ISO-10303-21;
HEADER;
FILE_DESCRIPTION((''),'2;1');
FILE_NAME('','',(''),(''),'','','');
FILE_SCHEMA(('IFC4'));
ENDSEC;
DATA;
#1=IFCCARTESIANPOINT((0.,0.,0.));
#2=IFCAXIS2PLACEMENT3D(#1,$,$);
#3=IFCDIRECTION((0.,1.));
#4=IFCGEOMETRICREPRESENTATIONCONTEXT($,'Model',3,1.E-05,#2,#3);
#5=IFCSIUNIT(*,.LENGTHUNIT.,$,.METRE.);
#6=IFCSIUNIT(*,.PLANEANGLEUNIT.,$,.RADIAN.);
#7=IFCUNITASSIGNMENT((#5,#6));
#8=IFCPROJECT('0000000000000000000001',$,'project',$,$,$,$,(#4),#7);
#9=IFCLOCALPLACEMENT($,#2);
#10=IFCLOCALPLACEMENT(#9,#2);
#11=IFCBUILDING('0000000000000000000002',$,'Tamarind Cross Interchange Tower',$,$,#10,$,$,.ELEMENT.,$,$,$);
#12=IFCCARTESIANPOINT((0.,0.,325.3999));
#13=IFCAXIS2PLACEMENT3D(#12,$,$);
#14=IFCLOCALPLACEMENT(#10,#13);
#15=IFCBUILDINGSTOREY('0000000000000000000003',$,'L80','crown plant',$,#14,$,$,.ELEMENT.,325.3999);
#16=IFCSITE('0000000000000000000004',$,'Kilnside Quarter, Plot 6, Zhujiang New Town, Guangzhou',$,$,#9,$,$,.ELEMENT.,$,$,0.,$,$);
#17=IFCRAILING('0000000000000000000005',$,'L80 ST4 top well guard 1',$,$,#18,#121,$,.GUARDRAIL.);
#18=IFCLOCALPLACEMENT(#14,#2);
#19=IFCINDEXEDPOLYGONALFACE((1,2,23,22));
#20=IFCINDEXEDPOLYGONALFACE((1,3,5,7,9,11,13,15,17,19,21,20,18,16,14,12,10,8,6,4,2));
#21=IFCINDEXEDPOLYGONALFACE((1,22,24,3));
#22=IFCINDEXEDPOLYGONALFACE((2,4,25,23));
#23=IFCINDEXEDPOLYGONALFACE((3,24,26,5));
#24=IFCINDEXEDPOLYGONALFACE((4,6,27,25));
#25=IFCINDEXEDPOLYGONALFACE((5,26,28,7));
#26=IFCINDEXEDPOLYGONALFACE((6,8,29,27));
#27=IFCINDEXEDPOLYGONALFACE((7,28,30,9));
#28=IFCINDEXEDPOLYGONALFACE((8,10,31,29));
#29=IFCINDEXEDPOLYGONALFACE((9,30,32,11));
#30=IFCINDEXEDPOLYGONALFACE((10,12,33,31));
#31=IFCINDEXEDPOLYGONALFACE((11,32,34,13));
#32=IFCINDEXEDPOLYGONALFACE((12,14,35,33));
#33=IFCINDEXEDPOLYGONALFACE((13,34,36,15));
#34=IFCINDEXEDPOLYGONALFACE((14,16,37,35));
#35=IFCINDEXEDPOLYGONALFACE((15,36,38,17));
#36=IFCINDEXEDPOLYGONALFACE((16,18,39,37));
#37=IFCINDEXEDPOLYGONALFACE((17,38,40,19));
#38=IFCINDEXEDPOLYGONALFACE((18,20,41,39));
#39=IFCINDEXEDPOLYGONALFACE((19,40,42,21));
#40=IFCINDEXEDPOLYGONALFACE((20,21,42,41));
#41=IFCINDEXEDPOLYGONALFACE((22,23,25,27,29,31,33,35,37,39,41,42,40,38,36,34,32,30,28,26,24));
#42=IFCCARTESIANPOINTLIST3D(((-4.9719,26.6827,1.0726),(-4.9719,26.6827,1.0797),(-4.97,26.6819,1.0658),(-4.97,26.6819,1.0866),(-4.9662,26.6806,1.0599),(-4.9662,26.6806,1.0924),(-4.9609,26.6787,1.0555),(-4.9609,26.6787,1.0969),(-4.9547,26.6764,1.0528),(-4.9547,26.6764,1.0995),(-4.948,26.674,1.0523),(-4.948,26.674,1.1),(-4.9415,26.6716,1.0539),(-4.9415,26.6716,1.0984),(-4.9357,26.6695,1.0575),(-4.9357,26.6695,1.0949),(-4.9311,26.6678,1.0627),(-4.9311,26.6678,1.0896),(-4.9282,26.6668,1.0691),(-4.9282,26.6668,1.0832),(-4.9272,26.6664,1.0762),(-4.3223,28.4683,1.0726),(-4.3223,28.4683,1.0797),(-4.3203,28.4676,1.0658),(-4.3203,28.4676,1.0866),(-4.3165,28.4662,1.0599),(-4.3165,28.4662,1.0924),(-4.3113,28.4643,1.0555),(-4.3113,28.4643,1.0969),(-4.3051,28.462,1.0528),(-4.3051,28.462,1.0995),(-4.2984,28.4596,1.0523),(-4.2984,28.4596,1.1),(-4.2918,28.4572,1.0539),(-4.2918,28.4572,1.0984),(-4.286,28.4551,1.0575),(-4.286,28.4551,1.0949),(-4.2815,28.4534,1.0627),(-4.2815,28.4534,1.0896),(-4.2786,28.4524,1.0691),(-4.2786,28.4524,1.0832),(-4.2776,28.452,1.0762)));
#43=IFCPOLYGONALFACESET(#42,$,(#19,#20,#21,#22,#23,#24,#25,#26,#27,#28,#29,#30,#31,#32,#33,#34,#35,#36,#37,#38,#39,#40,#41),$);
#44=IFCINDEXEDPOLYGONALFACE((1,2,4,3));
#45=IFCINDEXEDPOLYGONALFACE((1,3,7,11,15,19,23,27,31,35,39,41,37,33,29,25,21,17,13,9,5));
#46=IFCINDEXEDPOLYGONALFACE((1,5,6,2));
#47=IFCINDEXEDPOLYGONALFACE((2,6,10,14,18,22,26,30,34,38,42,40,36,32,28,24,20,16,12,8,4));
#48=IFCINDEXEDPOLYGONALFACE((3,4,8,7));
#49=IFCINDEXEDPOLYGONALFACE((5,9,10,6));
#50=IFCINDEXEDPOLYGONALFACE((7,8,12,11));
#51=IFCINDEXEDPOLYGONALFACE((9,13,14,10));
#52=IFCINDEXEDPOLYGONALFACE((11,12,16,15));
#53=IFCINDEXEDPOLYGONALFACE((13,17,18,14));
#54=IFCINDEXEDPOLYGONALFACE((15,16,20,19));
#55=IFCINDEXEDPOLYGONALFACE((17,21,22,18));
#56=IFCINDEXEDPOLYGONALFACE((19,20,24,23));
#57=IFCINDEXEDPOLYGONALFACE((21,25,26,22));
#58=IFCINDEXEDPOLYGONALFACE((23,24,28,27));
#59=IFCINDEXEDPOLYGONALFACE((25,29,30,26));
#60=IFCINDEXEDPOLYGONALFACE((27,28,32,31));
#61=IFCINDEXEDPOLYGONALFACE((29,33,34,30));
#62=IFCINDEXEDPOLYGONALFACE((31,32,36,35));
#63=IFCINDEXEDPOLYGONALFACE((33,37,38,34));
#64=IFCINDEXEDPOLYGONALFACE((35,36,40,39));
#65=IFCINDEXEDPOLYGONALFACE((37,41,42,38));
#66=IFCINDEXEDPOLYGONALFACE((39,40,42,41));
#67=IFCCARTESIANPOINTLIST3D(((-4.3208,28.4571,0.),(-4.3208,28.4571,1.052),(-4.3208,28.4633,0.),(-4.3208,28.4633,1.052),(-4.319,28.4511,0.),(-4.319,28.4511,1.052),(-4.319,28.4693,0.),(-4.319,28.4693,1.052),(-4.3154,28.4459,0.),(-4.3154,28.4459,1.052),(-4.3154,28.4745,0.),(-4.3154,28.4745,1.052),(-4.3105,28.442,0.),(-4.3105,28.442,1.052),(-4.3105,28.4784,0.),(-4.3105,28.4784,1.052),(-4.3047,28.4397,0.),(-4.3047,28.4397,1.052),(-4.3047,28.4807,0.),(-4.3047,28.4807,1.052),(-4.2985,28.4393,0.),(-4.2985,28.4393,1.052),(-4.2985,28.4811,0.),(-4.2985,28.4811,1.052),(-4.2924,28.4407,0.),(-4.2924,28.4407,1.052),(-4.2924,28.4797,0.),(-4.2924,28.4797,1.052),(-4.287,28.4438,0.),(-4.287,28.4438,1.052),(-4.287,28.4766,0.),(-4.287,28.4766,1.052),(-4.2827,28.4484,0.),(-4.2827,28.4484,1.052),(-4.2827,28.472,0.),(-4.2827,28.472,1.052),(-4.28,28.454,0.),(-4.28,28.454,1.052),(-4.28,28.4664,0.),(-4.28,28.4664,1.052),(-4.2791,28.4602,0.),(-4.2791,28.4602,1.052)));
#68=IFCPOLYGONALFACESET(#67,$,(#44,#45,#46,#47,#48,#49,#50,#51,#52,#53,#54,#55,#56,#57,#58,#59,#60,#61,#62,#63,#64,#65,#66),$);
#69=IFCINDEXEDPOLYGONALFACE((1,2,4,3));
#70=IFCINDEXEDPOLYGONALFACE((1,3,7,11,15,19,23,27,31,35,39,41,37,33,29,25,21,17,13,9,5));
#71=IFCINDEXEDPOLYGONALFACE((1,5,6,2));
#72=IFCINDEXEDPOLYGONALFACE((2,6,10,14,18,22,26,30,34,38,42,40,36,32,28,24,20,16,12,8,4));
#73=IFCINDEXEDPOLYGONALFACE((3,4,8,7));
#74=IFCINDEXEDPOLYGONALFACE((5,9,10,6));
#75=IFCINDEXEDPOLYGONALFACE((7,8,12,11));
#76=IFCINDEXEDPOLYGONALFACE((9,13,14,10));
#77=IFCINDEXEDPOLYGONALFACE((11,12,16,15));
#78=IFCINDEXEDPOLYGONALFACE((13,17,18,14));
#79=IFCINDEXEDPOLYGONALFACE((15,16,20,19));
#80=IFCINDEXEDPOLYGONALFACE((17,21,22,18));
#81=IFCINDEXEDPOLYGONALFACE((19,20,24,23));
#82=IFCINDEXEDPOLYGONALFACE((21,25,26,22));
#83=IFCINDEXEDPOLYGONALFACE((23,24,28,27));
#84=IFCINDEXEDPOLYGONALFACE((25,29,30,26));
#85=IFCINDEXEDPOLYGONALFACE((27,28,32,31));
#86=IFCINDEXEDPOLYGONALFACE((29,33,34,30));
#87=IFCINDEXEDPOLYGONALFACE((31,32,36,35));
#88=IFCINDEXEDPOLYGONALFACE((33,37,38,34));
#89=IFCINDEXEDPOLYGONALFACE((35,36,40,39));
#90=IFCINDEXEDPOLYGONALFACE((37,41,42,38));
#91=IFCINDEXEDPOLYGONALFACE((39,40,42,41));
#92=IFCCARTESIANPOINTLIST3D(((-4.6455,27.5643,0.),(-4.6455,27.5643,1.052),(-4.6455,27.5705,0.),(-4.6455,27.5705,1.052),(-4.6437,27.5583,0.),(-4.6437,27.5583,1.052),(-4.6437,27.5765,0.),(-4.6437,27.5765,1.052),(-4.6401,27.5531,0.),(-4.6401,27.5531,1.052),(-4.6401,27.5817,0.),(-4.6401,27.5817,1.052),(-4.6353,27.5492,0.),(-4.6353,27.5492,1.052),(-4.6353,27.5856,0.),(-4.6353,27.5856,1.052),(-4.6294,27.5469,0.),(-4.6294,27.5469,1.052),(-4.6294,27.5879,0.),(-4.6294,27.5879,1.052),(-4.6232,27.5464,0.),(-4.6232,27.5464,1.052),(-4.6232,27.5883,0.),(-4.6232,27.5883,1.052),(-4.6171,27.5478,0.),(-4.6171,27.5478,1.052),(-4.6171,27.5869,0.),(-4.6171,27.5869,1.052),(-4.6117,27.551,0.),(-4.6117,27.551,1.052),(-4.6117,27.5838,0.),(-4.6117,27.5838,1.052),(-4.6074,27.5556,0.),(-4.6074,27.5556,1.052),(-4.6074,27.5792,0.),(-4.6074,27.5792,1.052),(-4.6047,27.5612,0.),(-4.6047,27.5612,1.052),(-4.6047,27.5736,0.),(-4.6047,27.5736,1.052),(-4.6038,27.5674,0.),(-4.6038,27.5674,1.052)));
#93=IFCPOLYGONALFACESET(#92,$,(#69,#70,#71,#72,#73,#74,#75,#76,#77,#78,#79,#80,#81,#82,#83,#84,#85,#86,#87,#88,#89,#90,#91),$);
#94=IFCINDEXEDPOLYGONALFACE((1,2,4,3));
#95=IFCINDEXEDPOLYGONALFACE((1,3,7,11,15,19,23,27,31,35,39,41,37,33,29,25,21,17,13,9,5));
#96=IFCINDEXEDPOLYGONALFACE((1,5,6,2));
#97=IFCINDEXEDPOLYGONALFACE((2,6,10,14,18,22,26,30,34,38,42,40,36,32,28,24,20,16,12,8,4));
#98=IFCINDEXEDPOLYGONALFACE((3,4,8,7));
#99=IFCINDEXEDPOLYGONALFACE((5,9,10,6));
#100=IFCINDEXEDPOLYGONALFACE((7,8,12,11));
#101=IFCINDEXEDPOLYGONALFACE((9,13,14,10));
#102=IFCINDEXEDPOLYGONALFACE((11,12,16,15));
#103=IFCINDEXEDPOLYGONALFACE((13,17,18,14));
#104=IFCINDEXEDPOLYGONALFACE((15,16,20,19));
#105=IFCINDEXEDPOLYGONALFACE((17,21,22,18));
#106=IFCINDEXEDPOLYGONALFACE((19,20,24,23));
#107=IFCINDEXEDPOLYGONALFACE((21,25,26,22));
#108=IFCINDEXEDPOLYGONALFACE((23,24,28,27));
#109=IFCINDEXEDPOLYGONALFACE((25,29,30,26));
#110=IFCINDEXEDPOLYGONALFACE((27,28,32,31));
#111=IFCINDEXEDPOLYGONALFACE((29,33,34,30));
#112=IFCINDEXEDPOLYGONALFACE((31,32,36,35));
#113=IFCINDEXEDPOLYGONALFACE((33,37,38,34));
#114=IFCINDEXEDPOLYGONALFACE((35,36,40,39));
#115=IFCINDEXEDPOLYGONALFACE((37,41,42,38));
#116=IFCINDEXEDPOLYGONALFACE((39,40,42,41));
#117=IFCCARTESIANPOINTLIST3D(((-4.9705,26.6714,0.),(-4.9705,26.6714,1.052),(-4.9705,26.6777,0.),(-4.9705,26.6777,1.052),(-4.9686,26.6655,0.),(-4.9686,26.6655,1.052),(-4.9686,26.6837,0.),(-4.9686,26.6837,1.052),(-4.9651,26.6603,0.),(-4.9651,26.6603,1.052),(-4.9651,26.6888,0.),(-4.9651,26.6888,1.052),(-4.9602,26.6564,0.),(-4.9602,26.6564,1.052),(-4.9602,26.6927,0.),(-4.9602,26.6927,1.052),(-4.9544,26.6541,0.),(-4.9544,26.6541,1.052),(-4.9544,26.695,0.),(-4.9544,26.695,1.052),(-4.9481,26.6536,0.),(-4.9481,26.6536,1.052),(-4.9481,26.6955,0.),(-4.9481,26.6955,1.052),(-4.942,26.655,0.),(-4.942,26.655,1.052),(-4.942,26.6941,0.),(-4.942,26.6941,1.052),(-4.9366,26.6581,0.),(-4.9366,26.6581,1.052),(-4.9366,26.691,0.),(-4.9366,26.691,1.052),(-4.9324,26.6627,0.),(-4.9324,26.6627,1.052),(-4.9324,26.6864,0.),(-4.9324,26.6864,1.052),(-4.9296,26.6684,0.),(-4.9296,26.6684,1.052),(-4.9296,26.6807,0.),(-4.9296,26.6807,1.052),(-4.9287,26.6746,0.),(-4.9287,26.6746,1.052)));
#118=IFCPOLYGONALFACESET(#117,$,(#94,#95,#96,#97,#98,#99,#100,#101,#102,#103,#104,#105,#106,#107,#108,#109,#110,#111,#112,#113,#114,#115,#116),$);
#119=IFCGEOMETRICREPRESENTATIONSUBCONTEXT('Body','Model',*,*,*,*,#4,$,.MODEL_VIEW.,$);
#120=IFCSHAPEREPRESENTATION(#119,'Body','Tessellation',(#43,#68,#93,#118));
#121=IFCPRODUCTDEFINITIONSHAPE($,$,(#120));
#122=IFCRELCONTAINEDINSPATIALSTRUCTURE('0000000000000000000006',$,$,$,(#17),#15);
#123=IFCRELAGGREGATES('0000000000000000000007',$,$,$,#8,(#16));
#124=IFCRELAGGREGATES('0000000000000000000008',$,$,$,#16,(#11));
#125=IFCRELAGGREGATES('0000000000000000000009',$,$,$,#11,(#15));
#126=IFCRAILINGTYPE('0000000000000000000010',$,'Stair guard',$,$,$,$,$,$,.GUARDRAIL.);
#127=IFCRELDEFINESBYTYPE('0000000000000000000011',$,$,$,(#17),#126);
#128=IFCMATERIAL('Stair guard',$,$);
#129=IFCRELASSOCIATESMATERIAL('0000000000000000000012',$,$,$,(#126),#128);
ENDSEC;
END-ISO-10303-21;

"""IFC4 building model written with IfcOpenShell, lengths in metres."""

from ifc_helpers import new_model, si_unit, direction, frame, origin, origin_2d, place, context, subcontext, project, spatial, circle, extrude, material, type_object, element, save


model = new_model("IFC4")

# Units and contexts
model_context = context("Model", 3, precision=1e-05, world=origin(), true_north=direction((0.0, 1.0)))
body_context = subcontext(model_context, "Body", "Model", "MODEL_VIEW")
ifc_project = project(units=[si_unit("LENGTHUNIT", "METRE"), si_unit("PLANEANGLEUNIT", "RADIAN")], contexts=[model_context])

# Site, building, storey
site_placement = place(None, origin())
site = spatial("IfcSite", under=ifc_project, at=site_placement, Name="Kilnside Quarter, Plot 6, Zhujiang New Town, Guangzhou", CompositionType="ELEMENT", RefElevation=0.0)
building_placement = place(site_placement, origin())
building = spatial("IfcBuilding", under=site, at=building_placement, Name="Tamarind Cross Interchange Tower", CompositionType="ELEMENT")
storey_placement = place(building_placement, frame((0.0, 0.0, 325.3999)))
storey = spatial("IfcBuildingStorey", under=building, at=storey_placement, Name="L80", Description="crown plant", CompositionType="ELEMENT", Elevation=325.3999)

# Railing
ifc_material_1 = material(Name="Stair guard")
railing_type = type_object("IfcRailingType", Name="Stair guard", PredefinedType="GUARDRAIL", material=ifc_material_1)
railing_1_placement = place(storey_placement, frame((-4.3, 28.4602, 0.0)))
element("IfcRailing", 1, at=railing_1_placement, inside=storey, type_object=railing_type, Name="L80 ST4 top well guard 1", PredefinedType="GUARDRAIL", context=body_context, shape_type="SweptSolid", body=[
    extrude(circle(Radius=0.0239, at=origin_2d()), frame((0.0, 0.0, 1.0762), z_axis=(-0.341898, -0.939737, 0.0), x_axis=(0.939737, -0.341898, 0.0)), (0.0, 0.0, 1.0), 1.9001),
    extrude(circle(Radius=0.021, at=origin_2d()), origin(), (0.0, 0.0, 1.0), 1.052),
    extrude(circle(Radius=0.021, at=origin_2d()), frame((-0.3247, -0.8928, 0.0)), (0.0, 0.0, 1.0), 1.052),
    extrude(circle(Radius=0.021, at=origin_2d()), frame((-0.6497, -1.7856, 0.0)), (0.0, 0.0, 1.0), 1.052),
])

save(model, "model.ifc")
